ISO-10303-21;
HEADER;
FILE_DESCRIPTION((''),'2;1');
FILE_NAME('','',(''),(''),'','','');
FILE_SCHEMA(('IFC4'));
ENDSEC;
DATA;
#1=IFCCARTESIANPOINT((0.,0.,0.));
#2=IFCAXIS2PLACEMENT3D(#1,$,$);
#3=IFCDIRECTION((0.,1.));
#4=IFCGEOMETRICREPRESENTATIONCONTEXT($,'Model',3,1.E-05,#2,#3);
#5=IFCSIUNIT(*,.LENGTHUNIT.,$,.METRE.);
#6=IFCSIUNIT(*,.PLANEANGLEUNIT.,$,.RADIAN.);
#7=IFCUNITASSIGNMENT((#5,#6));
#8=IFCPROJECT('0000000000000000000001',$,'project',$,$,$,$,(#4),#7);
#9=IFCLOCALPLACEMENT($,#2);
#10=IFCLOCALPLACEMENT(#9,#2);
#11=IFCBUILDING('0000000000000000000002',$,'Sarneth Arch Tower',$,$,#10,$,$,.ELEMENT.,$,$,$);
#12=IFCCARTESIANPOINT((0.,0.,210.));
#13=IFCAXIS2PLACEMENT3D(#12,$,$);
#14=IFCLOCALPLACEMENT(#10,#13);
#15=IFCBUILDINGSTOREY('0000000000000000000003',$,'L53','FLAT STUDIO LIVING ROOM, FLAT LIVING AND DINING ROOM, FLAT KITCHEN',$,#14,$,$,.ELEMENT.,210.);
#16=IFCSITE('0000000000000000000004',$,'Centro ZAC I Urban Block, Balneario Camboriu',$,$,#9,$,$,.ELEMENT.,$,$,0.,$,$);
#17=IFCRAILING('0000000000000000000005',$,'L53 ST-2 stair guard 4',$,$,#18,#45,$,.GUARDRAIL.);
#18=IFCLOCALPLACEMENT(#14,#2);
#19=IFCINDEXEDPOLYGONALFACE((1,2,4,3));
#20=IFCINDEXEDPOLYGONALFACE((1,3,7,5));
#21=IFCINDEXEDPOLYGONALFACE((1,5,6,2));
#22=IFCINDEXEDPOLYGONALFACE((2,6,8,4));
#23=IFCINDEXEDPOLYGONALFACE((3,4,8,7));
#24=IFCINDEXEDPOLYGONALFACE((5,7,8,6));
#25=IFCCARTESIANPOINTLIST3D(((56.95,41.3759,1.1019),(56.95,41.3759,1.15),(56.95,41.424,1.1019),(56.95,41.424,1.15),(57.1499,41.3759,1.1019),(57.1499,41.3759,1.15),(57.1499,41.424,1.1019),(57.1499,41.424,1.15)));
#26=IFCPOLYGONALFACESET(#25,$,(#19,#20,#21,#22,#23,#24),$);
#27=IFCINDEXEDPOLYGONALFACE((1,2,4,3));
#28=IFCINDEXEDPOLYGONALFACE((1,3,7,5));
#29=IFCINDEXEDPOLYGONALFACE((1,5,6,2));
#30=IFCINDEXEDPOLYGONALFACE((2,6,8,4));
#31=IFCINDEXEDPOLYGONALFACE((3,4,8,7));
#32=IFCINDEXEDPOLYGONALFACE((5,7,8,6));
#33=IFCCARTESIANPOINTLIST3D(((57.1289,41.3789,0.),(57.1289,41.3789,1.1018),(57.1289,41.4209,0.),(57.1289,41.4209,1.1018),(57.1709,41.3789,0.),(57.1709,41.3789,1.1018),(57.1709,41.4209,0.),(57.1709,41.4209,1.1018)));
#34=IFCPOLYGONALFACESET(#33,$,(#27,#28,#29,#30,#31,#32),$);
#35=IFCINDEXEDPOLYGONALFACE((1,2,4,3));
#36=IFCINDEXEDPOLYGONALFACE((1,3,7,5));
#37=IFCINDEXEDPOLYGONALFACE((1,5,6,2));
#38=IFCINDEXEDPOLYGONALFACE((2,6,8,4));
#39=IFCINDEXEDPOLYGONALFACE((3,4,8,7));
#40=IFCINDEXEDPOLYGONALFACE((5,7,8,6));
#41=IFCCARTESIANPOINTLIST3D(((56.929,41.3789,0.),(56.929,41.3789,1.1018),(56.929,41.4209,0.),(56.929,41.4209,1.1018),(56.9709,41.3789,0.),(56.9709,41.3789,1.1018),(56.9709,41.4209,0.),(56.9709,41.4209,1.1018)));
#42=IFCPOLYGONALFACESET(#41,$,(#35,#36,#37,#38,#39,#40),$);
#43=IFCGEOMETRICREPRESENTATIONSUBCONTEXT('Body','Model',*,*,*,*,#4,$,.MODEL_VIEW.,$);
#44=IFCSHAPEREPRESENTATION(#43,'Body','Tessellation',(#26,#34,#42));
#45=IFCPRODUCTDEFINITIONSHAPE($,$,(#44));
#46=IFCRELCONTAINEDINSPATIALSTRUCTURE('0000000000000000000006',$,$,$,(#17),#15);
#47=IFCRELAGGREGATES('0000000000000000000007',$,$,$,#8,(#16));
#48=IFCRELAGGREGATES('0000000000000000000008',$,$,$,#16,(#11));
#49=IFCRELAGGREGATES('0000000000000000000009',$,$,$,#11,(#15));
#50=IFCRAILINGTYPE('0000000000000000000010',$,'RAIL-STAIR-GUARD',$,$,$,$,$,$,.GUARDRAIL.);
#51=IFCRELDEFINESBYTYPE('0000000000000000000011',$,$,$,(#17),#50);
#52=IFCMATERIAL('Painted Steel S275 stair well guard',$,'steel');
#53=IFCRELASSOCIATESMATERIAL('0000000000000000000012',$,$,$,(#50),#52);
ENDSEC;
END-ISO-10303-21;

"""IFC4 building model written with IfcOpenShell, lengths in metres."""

from ifc_helpers import new_model, si_unit, direction, frame, origin, origin_2d, place, context, subcontext, project, spatial, rectangle, extrude, material, type_object, element, save


model = new_model("IFC4")

# Units and contexts
model_context = context("Model", 3, precision=1e-05, world=origin(), true_north=direction((0.0, 1.0)))
body_context = subcontext(model_context, "Body", "Model", "MODEL_VIEW")
ifc_project = project(units=[si_unit("LENGTHUNIT", "METRE"), si_unit("PLANEANGLEUNIT", "RADIAN")], contexts=[model_context])

# Site, building, storey
site_placement = place(None, origin())
site = spatial("IfcSite", under=ifc_project, at=site_placement, Name="Centro ZAC I Urban Block, Balneario Camboriu", CompositionType="ELEMENT", RefElevation=0.0)
building_placement = place(site_placement, origin())
building = spatial("IfcBuilding", under=site, at=building_placement, Name="Sarneth Arch Tower", CompositionType="ELEMENT")
storey_placement = place(building_placement, frame((0.0, 0.0, 210.0)))
storey = spatial("IfcBuildingStorey", under=building, at=storey_placement, Name="L53", Description="FLAT STUDIO LIVING ROOM, FLAT LIVING AND DINING ROOM, FLAT KITCHEN", CompositionType="ELEMENT", Elevation=210.0)

# Railing
ifc_material_1 = material(Name="Painted Steel S275 stair well guard", Category="steel")
railing_type = type_object("IfcRailingType", Name="RAIL-STAIR-GUARD", PredefinedType="GUARDRAIL", material=ifc_material_1)
railing_1_placement = place(storey_placement, frame((57.1499, 41.3999, 0.0)))
element("IfcRailing", 1, at=railing_1_placement, inside=storey, type_object=railing_type, Name="L53 ST-2 stair guard 4", PredefinedType="GUARDRAIL", context=body_context, shape_type="SweptSolid", body=[
    extrude(rectangle(XDim=0.0481, YDim=0.0481, at=origin_2d()), frame((0.0, 0.0, 1.126), z_axis=(-1.0, 0.0, 0.0), x_axis=(0.0, -1.0, 0.0)), (0.0, 0.0, 1.0), 0.2),
    extrude(rectangle(XDim=0.042, YDim=0.042, at=origin_2d()), origin(), (0.0, 0.0, 1.0), 1.1018),
    extrude(rectangle(XDim=0.042, YDim=0.042, at=origin_2d()), frame((-0.2, 0.0, 0.0)), (0.0, 0.0, 1.0), 1.1018),
])

save(model, "model.ifc")
